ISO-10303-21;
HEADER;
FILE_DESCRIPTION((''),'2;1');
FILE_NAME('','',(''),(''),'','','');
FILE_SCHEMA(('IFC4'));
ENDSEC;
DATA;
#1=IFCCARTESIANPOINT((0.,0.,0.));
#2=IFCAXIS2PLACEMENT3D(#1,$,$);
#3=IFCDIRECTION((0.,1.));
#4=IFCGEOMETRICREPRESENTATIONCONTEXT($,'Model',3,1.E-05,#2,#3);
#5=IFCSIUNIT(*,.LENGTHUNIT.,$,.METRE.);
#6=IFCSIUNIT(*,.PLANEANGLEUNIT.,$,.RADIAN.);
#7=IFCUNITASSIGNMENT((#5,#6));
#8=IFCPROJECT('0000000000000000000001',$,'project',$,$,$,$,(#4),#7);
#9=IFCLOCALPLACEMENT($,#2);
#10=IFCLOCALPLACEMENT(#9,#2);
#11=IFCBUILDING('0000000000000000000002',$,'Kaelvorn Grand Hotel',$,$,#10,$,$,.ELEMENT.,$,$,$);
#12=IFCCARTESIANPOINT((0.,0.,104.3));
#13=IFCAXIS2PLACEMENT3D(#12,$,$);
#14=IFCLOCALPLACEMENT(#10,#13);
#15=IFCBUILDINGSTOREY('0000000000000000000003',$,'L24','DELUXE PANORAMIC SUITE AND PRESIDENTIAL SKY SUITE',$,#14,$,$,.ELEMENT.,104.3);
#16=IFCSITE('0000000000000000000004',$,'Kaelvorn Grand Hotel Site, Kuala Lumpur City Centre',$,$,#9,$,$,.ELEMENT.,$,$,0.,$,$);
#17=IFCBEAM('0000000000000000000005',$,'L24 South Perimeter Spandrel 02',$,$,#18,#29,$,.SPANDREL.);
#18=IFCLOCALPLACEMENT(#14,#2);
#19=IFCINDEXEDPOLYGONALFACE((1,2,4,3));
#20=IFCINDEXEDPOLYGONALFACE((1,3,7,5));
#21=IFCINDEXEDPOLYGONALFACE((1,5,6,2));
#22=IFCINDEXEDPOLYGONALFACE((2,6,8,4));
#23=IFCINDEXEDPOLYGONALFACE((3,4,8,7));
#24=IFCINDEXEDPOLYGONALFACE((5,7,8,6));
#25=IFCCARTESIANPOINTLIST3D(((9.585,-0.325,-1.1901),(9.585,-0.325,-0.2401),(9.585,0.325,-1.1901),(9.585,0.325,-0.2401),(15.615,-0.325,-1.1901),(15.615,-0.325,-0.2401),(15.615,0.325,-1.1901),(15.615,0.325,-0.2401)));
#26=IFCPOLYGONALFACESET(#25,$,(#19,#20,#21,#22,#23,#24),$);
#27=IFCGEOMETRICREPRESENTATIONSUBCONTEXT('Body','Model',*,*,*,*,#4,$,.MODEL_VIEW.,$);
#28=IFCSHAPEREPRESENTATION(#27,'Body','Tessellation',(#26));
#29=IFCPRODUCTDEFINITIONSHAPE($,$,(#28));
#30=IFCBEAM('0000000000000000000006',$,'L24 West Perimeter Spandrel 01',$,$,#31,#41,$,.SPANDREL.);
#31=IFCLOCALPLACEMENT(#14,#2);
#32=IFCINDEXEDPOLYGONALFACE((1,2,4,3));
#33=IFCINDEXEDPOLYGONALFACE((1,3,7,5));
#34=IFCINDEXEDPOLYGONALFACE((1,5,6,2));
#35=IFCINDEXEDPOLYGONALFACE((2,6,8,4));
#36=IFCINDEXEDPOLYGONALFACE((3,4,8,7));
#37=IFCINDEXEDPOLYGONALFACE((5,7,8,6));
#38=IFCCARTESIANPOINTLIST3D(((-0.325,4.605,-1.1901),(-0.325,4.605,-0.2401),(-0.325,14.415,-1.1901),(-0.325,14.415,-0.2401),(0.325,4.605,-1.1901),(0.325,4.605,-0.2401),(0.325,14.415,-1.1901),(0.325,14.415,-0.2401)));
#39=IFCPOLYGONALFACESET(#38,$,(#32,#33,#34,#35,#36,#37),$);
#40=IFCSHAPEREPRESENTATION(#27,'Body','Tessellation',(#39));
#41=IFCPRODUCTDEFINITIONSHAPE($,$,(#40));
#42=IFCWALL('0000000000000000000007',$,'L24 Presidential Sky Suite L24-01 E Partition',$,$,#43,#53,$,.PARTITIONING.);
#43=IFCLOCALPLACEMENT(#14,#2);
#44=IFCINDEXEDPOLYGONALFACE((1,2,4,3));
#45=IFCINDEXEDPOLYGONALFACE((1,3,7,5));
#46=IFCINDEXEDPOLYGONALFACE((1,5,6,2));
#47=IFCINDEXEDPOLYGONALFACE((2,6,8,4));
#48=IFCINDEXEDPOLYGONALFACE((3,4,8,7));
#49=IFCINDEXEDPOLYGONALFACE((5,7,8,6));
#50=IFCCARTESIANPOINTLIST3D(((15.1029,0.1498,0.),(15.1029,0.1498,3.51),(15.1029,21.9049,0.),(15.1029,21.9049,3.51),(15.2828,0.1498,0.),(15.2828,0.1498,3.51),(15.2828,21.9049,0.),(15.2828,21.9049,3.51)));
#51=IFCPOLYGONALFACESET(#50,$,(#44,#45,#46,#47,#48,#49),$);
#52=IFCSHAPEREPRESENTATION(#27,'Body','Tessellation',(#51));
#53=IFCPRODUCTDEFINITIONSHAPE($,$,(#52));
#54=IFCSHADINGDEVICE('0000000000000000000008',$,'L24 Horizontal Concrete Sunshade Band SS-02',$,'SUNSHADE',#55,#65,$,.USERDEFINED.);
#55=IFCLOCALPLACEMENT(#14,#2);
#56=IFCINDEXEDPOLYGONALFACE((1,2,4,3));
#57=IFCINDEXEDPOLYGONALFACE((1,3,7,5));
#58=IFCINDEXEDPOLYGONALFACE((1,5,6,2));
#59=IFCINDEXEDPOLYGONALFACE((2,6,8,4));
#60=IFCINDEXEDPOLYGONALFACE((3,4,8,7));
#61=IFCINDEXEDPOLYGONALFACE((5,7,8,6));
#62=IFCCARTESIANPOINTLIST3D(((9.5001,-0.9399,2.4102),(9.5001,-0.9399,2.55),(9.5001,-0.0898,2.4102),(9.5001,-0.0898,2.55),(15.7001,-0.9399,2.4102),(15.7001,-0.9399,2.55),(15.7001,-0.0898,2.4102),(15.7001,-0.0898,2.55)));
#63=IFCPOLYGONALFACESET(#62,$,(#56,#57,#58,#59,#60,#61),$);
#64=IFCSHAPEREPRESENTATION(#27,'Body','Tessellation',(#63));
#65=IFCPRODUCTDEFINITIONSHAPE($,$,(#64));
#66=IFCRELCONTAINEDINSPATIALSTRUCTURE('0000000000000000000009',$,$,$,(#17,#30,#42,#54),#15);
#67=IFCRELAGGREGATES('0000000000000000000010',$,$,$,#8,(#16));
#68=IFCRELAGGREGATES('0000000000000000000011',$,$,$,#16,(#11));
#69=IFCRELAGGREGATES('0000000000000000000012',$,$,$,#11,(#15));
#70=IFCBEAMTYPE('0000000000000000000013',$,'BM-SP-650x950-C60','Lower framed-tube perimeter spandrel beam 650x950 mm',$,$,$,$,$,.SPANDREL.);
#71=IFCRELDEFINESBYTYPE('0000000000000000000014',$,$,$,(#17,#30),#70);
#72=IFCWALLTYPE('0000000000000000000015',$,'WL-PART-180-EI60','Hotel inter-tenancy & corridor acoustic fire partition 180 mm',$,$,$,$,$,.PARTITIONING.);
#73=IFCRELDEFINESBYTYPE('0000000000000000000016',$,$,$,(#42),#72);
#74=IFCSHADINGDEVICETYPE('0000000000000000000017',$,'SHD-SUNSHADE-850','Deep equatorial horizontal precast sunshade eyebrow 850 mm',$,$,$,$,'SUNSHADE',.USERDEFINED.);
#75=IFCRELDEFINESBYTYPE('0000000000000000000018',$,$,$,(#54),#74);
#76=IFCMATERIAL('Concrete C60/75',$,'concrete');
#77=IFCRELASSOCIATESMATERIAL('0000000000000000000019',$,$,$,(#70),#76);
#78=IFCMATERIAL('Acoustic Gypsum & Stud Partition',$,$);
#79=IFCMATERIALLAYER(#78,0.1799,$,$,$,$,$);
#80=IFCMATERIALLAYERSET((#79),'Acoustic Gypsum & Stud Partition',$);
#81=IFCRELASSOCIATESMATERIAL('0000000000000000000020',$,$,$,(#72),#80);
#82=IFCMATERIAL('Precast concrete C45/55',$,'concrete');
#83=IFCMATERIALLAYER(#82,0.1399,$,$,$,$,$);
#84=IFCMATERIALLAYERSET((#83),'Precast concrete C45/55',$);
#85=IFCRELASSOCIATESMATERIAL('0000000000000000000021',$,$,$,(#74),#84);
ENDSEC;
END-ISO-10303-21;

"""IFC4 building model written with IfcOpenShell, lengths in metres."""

from ifc_helpers import new_model, si_unit, direction, frame, frame_2d, origin, origin_2d, place, context, subcontext, project, spatial, rectangle, extrude, material, layer, layer_set, material_profile, profile_set, type_object, element, save


model = new_model("IFC4")

# Units and contexts
model_context = context("Model", 3, precision=1e-05, world=origin(), true_north=direction((0.0, 1.0)))
body_context = subcontext(model_context, "Body", "Model", "MODEL_VIEW")
ifc_project = project(units=[si_unit("LENGTHUNIT", "METRE"), si_unit("PLANEANGLEUNIT", "RADIAN")], contexts=[model_context])

# Site, building, storey
site_placement = place(None, origin())
site = spatial("IfcSite", under=ifc_project, at=site_placement, Name="Kaelvorn Grand Hotel Site, Kuala Lumpur City Centre", CompositionType="ELEMENT", RefElevation=0.0)
building_placement = place(site_placement, origin())
building = spatial("IfcBuilding", under=site, at=building_placement, Name="Kaelvorn Grand Hotel", CompositionType="ELEMENT")
storey_placement = place(building_placement, frame((0.0, 0.0, 104.3)))
storey = spatial("IfcBuildingStorey", under=building, at=storey_placement, Name="L24", Description="DELUXE PANORAMIC SUITE AND PRESIDENTIAL SKY SUITE", CompositionType="ELEMENT", Elevation=104.3)

# Shared definitions
ifc_material_1 = material(Name="Concrete C60/75", Category="concrete")

# Beams
ifc_material_profile_1 = material_profile(ifc_material_1, rectangle(XDim=0.6499, YDim=0.95, at=origin_2d()), Name="RC SPANDREL 650x950")
ifc_profile_set_1 = profile_set([ifc_material_profile_1], Name="Concrete C60/75")
beam_type_1 = type_object("IfcBeamType", Name="BM-SP-650x950-C60", Description="Lower framed-tube perimeter spandrel beam 650x950 mm", PredefinedType="SPANDREL", material=ifc_profile_set_1)
beam_1_placement = place(storey_placement, frame((9.585, 0.0, -0.7151), z_axis=(1.0, 0.0, 0.0), x_axis=(0.0, 1.0, 0.0)))
element("IfcBeam", 1, at=beam_1_placement, inside=storey, type_object=beam_type_1, Name="L24 South Perimeter Spandrel 02", PredefinedType="SPANDREL", context=body_context, shape_type="SweptSolid", body=[
    extrude(rectangle(XDim=0.6499, YDim=0.95, at=origin_2d()), origin(), (0.0, 0.0, 1.0), 6.03),
])
beam_2_placement = place(storey_placement, frame((0.0, 4.605, -0.7151), z_axis=(0.0, 1.0, 0.0), x_axis=(-1.0, 0.0, 0.0)))
element("IfcBeam", 2, at=beam_2_placement, inside=storey, type_object=beam_type_1, Name="L24 West Perimeter Spandrel 01", PredefinedType="SPANDREL", context=body_context, shape_type="SweptSolid", body=[
    extrude(rectangle(XDim=0.6499, YDim=0.95, at=origin_2d()), origin(), (0.0, 0.0, 1.0), 9.8101),
])

# Wall
ifc_material_2 = material(Name="Acoustic Gypsum & Stud Partition")
ifc_layer_1 = layer(ifc_material_2, 0.1799)
ifc_layer_set_1 = layer_set([ifc_layer_1], Name="Acoustic Gypsum & Stud Partition")
wall_type_1 = type_object("IfcWallType", Name="WL-PART-180-EI60", Description="Hotel inter-tenancy & corridor acoustic fire partition 180 mm", PredefinedType="PARTITIONING", material=ifc_layer_set_1)
wall_1_placement = place(storey_placement, frame((15.1929, 0.1499, 0.0), z_axis=(0.0, 0.0, 1.0), x_axis=(0.0, 1.0, 0.0)))
element("IfcWall", 3, at=wall_1_placement, inside=storey, type_object=wall_type_1, Name="L24 Presidential Sky Suite L24-01 E Partition", PredefinedType="PARTITIONING", context=body_context, shape_type="SweptSolid", body=[
    extrude(rectangle(XDim=21.7551, YDim=0.1799, at=frame_2d((10.8774, 0.0))), origin(), (0.0, 0.0, 1.0), 3.51),
])

# Shading device
ifc_material_3 = material(Name="Precast concrete C45/55", Category="concrete")
ifc_layer_2 = layer(ifc_material_3, 0.1399)
ifc_layer_set_2 = layer_set([ifc_layer_2], Name="Precast concrete C45/55")
shading_device_type = type_object("IfcShadingDeviceType", Name="SHD-SUNSHADE-850", Description="Deep equatorial horizontal precast sunshade eyebrow 850 mm", ElementType="SUNSHADE", PredefinedType="USERDEFINED", material=ifc_layer_set_2)
shading_device_placement = place(storey_placement, frame((12.6001, -0.5149, 2.4102), z_axis=(0.0, 0.0, 1.0), x_axis=(1.0, 0.0, 0.0)))
element("IfcShadingDevice", 4, at=shading_device_placement, inside=storey, type_object=shading_device_type, Name="L24 Horizontal Concrete Sunshade Band SS-02", ObjectType="SUNSHADE", PredefinedType="USERDEFINED", context=body_context, shape_type="SweptSolid", body=[
    extrude(rectangle(XDim=6.2, YDim=0.8501, at=origin_2d()), origin(), (0.0, 0.0, 1.0), 0.1399),
])

save(model, "model.ifc")
